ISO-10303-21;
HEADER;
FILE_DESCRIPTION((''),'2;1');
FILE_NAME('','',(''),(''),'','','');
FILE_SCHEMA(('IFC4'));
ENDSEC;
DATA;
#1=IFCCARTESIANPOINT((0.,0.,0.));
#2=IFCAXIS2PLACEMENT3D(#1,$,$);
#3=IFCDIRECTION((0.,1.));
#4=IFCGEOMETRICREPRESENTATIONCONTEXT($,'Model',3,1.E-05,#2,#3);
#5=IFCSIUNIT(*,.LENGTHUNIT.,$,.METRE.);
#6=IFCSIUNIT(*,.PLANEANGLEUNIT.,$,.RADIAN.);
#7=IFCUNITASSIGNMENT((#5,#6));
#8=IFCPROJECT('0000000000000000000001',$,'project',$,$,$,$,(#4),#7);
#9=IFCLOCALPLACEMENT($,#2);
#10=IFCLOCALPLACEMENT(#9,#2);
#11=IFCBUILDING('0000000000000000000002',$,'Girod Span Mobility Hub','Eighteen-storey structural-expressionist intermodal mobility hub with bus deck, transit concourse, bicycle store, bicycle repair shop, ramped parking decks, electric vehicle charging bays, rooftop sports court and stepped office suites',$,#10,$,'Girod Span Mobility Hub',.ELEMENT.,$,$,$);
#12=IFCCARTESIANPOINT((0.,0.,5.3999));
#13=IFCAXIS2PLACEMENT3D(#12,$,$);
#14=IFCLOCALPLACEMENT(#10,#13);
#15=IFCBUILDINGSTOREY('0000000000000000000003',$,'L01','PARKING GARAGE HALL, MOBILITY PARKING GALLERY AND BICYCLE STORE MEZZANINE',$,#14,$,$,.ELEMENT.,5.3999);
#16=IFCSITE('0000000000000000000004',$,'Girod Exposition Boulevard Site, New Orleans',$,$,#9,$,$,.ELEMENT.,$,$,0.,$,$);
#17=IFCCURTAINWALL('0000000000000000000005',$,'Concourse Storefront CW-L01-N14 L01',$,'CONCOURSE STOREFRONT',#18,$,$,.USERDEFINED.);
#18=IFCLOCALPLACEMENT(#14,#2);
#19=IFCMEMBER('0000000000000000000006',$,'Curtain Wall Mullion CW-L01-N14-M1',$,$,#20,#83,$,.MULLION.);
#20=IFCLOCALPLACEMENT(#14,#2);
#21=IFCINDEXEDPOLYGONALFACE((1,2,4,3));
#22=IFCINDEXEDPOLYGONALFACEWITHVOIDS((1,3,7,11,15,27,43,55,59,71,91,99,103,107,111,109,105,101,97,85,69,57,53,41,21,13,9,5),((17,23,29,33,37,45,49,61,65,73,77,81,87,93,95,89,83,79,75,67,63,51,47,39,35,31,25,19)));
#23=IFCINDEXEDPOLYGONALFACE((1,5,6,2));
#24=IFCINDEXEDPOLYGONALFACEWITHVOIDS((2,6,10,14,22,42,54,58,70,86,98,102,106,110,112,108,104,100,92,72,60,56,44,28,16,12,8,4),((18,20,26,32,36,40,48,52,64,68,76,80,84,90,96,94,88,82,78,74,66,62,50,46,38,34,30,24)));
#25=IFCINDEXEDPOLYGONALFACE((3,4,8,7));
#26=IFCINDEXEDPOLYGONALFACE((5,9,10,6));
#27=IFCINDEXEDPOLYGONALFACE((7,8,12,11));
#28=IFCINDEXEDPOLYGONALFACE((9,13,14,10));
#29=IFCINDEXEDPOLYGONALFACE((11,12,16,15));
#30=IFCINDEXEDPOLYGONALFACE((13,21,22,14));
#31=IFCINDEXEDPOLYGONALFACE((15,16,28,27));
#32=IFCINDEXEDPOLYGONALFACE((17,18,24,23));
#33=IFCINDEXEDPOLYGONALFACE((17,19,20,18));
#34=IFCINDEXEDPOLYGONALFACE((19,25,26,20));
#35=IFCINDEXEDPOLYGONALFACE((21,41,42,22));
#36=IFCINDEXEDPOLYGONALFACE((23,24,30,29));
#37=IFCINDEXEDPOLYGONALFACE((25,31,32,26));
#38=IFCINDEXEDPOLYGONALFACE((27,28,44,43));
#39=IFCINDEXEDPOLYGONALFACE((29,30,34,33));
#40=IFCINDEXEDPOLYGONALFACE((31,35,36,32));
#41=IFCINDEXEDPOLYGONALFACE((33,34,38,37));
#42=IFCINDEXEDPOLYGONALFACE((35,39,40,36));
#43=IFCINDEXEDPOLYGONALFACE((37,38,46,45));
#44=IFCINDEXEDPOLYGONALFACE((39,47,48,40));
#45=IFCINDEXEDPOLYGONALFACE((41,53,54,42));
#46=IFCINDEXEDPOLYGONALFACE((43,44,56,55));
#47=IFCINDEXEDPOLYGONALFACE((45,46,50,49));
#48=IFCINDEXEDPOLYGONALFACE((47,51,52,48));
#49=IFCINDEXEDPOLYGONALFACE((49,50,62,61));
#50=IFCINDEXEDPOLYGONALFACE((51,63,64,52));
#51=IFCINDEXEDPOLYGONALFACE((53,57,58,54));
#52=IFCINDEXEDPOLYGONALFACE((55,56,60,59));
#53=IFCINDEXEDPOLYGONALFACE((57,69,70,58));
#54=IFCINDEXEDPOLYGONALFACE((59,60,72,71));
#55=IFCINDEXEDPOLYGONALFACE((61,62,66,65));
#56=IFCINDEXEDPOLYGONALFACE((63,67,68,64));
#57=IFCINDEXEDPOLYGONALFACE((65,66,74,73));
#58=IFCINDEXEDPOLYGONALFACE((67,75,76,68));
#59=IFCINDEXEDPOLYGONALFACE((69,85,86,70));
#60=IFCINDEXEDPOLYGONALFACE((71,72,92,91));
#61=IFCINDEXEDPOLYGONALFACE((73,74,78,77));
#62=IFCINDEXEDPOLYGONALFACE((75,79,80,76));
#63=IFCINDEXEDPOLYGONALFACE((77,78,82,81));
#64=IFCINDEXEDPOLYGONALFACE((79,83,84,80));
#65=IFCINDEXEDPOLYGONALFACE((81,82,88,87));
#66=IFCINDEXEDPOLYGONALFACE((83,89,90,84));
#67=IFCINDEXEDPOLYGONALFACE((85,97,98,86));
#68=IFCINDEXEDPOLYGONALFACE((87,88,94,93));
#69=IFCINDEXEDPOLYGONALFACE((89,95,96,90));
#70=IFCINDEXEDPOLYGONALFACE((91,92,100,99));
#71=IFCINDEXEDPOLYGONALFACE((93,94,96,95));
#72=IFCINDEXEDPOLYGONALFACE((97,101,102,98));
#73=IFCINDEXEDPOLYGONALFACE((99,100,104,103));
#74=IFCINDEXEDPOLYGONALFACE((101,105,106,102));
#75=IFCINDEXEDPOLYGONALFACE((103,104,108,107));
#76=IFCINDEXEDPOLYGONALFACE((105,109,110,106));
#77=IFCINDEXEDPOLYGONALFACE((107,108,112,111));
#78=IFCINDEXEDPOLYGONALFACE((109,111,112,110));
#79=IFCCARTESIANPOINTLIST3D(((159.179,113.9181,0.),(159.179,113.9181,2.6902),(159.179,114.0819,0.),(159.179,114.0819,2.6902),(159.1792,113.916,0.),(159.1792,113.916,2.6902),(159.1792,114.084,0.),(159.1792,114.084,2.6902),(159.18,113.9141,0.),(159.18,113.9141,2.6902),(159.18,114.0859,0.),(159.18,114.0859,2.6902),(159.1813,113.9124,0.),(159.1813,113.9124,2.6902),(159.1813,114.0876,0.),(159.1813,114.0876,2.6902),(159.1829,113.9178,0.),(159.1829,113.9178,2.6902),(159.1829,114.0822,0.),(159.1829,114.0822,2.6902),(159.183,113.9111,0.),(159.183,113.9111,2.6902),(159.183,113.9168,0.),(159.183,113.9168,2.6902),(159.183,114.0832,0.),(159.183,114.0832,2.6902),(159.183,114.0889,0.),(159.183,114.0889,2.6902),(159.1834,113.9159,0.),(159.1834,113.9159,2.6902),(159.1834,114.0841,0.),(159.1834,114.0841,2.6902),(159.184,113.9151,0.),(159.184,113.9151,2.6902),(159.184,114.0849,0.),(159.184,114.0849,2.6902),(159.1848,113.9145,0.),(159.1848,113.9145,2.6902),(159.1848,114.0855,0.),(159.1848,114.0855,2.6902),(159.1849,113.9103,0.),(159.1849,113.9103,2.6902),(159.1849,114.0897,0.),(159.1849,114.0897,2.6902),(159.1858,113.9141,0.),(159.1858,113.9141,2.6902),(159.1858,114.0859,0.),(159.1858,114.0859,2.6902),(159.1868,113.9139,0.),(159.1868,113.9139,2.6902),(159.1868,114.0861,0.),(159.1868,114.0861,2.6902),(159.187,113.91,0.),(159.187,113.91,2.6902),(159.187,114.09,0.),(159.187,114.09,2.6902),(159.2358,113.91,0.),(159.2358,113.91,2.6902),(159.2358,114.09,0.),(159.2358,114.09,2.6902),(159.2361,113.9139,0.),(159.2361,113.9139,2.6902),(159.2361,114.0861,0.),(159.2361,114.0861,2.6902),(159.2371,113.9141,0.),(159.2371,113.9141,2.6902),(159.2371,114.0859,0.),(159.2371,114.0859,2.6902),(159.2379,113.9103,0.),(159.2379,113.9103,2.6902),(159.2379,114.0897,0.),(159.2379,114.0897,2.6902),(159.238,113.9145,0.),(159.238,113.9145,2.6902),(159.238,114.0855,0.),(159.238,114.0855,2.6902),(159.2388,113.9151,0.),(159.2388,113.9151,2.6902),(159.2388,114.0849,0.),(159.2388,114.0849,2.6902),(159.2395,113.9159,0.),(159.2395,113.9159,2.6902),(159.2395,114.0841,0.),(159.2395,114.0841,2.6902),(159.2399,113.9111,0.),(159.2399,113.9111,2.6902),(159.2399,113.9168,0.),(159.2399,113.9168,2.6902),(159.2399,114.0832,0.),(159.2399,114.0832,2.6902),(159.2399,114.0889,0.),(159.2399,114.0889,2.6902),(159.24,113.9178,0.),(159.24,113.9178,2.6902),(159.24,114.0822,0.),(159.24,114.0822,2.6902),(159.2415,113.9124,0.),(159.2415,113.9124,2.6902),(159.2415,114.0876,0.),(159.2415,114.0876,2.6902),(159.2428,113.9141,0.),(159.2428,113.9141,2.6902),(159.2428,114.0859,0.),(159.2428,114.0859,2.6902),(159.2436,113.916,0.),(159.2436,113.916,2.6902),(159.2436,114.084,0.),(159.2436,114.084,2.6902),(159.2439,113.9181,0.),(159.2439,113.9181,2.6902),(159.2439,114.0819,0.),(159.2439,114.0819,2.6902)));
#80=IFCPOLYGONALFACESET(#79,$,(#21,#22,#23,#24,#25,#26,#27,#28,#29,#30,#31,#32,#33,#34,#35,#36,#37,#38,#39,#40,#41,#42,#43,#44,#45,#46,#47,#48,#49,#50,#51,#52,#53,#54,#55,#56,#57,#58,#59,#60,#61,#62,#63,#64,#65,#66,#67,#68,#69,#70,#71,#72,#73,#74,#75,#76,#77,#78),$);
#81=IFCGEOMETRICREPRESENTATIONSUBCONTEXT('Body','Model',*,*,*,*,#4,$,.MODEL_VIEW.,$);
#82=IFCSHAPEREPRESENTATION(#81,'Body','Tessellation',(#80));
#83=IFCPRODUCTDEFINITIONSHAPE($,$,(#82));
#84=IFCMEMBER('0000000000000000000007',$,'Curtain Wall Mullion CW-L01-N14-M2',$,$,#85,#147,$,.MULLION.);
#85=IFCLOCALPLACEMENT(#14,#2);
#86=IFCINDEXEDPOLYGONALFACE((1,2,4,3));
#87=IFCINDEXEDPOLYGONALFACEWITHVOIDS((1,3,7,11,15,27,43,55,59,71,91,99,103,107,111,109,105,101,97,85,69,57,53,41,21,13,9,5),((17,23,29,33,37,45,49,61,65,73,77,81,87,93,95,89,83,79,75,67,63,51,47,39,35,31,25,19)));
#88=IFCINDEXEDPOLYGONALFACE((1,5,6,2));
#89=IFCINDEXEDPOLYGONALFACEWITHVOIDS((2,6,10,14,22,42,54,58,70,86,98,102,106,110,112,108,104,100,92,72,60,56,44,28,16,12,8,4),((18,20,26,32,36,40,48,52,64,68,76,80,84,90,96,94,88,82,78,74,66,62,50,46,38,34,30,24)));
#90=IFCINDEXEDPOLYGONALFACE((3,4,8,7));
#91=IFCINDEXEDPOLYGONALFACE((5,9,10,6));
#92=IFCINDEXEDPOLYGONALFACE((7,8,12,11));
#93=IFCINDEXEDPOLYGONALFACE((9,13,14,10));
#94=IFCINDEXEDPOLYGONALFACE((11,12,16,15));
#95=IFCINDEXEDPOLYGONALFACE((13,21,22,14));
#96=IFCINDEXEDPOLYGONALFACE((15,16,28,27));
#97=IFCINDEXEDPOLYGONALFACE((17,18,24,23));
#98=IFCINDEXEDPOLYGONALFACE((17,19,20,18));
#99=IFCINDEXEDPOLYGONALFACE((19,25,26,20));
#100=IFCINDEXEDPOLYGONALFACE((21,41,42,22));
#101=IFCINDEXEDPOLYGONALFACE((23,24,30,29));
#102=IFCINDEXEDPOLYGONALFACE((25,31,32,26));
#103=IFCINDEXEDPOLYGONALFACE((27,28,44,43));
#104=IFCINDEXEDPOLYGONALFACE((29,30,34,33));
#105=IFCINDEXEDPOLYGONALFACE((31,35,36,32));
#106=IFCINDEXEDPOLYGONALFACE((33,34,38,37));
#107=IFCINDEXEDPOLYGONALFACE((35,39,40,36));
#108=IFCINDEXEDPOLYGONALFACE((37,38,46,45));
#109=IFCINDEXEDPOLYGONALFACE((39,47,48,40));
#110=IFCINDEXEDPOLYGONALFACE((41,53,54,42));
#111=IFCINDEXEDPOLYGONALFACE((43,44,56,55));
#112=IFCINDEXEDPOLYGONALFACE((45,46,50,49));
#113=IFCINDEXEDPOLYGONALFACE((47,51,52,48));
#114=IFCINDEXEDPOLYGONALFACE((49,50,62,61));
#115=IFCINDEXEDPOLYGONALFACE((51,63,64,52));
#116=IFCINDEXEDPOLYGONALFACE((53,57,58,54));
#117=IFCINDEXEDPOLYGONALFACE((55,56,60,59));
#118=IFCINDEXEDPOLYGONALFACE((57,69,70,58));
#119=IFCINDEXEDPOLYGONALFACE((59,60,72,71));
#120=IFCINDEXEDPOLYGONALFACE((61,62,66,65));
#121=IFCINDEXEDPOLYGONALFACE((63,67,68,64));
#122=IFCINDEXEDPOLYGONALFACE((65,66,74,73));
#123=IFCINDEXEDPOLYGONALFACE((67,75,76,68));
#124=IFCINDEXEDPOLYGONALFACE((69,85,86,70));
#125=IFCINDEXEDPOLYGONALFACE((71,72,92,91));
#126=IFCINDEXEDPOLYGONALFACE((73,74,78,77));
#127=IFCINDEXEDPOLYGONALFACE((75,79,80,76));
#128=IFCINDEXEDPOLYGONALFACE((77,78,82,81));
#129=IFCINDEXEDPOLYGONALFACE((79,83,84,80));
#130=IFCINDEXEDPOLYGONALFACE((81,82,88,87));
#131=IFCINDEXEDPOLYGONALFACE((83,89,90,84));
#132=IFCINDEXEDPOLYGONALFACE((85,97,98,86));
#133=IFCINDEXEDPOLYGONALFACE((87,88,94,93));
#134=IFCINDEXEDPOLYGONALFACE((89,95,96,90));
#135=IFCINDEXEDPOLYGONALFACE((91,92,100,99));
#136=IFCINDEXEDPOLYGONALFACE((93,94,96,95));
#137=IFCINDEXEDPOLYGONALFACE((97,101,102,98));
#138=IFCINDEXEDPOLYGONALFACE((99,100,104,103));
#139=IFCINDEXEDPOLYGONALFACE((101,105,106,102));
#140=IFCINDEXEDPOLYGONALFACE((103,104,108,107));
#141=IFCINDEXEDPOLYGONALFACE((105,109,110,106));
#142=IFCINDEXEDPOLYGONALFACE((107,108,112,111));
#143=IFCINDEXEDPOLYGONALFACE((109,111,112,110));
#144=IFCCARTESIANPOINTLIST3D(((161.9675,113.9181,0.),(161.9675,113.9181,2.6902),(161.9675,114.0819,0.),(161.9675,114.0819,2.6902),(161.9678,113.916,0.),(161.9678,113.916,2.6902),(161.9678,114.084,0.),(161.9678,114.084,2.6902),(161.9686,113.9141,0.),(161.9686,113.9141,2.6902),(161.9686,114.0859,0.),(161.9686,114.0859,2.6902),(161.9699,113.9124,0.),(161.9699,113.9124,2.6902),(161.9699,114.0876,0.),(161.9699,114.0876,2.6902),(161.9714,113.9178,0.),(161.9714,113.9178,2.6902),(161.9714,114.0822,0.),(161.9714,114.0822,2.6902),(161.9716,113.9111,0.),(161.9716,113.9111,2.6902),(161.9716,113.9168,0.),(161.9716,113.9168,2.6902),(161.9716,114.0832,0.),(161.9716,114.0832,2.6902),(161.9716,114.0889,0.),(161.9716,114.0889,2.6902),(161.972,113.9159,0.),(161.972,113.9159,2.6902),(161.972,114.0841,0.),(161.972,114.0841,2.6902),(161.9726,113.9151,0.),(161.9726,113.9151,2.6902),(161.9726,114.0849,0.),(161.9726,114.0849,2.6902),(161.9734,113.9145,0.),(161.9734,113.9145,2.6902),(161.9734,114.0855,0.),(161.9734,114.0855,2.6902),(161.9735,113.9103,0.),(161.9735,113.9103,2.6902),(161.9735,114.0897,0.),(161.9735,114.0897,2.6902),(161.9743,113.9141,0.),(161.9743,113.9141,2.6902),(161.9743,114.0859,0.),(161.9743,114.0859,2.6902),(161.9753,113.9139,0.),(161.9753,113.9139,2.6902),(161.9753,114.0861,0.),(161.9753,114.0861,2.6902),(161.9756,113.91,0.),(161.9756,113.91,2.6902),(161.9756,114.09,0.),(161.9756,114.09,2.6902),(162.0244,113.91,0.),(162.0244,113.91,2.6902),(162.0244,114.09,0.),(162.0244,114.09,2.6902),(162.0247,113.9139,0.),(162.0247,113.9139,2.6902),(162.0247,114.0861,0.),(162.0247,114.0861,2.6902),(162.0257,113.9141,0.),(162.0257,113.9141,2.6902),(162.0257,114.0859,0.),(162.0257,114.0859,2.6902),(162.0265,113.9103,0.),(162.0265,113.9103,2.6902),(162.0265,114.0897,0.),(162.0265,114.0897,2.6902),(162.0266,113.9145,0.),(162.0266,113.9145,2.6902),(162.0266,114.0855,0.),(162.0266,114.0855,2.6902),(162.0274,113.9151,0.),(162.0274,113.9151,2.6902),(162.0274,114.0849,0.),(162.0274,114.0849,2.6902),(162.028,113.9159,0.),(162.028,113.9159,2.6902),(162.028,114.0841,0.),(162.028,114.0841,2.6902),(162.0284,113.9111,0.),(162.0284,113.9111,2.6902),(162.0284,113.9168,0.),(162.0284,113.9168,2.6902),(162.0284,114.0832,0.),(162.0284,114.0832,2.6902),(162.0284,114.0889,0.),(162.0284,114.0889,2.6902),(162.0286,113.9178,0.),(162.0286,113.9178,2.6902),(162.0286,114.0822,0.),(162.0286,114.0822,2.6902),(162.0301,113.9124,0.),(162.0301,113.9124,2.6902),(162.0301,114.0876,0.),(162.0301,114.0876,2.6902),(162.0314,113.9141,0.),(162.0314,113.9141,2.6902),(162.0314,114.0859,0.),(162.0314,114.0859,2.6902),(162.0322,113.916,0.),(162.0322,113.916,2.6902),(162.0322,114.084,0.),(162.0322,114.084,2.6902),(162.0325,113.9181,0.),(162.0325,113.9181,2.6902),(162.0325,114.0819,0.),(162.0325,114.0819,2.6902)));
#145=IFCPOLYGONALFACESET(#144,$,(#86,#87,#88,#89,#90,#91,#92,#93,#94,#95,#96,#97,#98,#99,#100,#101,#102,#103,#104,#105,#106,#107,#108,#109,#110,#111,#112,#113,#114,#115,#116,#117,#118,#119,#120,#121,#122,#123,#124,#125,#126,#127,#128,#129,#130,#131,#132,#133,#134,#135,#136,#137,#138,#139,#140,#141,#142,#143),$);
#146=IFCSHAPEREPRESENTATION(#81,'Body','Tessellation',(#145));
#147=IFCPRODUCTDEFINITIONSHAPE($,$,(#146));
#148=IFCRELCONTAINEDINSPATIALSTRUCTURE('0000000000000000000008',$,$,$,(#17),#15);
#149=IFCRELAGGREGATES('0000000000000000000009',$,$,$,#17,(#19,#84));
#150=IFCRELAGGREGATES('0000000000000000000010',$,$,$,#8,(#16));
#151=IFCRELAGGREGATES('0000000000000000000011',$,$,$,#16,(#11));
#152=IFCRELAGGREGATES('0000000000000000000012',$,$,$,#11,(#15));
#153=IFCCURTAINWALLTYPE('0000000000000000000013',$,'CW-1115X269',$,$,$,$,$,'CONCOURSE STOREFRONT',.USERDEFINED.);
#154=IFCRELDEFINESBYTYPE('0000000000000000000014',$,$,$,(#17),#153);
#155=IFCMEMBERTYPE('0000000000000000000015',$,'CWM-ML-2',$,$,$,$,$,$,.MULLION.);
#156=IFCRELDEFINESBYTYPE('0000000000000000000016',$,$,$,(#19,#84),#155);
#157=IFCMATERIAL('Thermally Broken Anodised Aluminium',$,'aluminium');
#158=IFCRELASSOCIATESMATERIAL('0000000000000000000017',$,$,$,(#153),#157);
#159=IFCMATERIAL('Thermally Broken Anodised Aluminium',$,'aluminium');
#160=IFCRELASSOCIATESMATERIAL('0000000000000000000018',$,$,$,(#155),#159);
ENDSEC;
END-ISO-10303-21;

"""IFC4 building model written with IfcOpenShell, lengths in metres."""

from ifc_helpers import new_model, si_unit, direction, frame, origin, origin_2d, place, context, subcontext, project, spatial, hollow_rectangle, extrude, material, material_profile, profile_set, type_object, element, aggregate, save


model = new_model("IFC4")

# Units and contexts
model_context = context("Model", 3, precision=1e-05, world=origin(), true_north=direction((0.0, 1.0)))
body_context = subcontext(model_context, "Body", "Model", "MODEL_VIEW")
ifc_project = project(units=[si_unit("LENGTHUNIT", "METRE"), si_unit("PLANEANGLEUNIT", "RADIAN")], contexts=[model_context])

# Site, building, storey
site_placement = place(None, origin())
site = spatial("IfcSite", under=ifc_project, at=site_placement, Name="Girod Exposition Boulevard Site, New Orleans", CompositionType="ELEMENT", RefElevation=0.0)
building_placement = place(site_placement, origin())
building = spatial("IfcBuilding", under=site, at=building_placement, Name="Girod Span Mobility Hub", Description="Eighteen-storey structural-expressionist intermodal mobility hub with bus deck, transit concourse, bicycle store, bicycle repair shop, ramped parking decks, electric vehicle charging bays, rooftop sports court and stepped office suites", LongName="Girod Span Mobility Hub", CompositionType="ELEMENT")
storey_placement = place(building_placement, frame((0.0, 0.0, 5.3999)))
storey = spatial("IfcBuildingStorey", under=building, at=storey_placement, Name="L01", Description="PARKING GARAGE HALL, MOBILITY PARKING GALLERY AND BICYCLE STORE MEZZANINE", CompositionType="ELEMENT", Elevation=5.3999)

# Curtain wall, members
ifc_material_1 = material(Name="Thermally Broken Anodised Aluminium", Category="aluminium")
curtain_wall_type = type_object("IfcCurtainWallType", Name="CW-1115X269", ElementType="CONCOURSE STOREFRONT", PredefinedType="USERDEFINED", material=ifc_material_1)
curtain_wall_placement = place(storey_placement, origin())
curtain_wall = element("IfcCurtainWall", 1, at=curtain_wall_placement, inside=storey, type_object=curtain_wall_type, Name="Concourse Storefront CW-L01-N14 L01", ObjectType="CONCOURSE STOREFRONT", PredefinedType="USERDEFINED")
ifc_material_2 = material(Name="Thermally Broken Anodised Aluminium", Category="aluminium")
ifc_material_profile_1 = material_profile(ifc_material_2, hollow_rectangle(XDim=0.1799, YDim=0.0649, WallThickness=0.0039, InnerFilletRadius=0.0039, OuterFilletRadius=0.0081, at=origin_2d()), Name="CW-ML-65X180")
ifc_profile_set_1 = profile_set([ifc_material_profile_1], Name="Thermally Broken Anodised Aluminium")
member_type_1 = type_object("IfcMemberType", Name="CWM-ML-2", PredefinedType="MULLION", material=ifc_profile_set_1)
member_1_placement = place(storey_placement, frame((159.2114, 114.0, 0.0), z_axis=(0.0, 0.0, 1.0), x_axis=(0.0, 1.0, 0.0)))
member_1 = element("IfcMember", 2, at=member_1_placement, type_object=member_type_1, Name="Curtain Wall Mullion CW-L01-N14-M1", PredefinedType="MULLION", context=body_context, shape_type="SweptSolid", body=[
    extrude(hollow_rectangle(XDim=0.1799, YDim=0.0649, WallThickness=0.0039, InnerFilletRadius=0.0039, OuterFilletRadius=0.0081, at=origin_2d()), origin(), (0.0, 0.0, 1.0), 2.6902),
])
member_2_placement = place(storey_placement, frame((162.0, 114.0, 0.0), z_axis=(0.0, 0.0, 1.0), x_axis=(0.0, 1.0, 0.0)))
member_2 = element("IfcMember", 3, at=member_2_placement, type_object=member_type_1, Name="Curtain Wall Mullion CW-L01-N14-M2", PredefinedType="MULLION", context=body_context, shape_type="SweptSolid", body=[
    extrude(hollow_rectangle(XDim=0.1799, YDim=0.0649, WallThickness=0.0039, InnerFilletRadius=0.0039, OuterFilletRadius=0.0081, at=origin_2d()), origin(), (0.0, 0.0, 1.0), 2.6902),
])
aggregate(curtain_wall, [member_1, member_2])

save(model, "model.ifc")
